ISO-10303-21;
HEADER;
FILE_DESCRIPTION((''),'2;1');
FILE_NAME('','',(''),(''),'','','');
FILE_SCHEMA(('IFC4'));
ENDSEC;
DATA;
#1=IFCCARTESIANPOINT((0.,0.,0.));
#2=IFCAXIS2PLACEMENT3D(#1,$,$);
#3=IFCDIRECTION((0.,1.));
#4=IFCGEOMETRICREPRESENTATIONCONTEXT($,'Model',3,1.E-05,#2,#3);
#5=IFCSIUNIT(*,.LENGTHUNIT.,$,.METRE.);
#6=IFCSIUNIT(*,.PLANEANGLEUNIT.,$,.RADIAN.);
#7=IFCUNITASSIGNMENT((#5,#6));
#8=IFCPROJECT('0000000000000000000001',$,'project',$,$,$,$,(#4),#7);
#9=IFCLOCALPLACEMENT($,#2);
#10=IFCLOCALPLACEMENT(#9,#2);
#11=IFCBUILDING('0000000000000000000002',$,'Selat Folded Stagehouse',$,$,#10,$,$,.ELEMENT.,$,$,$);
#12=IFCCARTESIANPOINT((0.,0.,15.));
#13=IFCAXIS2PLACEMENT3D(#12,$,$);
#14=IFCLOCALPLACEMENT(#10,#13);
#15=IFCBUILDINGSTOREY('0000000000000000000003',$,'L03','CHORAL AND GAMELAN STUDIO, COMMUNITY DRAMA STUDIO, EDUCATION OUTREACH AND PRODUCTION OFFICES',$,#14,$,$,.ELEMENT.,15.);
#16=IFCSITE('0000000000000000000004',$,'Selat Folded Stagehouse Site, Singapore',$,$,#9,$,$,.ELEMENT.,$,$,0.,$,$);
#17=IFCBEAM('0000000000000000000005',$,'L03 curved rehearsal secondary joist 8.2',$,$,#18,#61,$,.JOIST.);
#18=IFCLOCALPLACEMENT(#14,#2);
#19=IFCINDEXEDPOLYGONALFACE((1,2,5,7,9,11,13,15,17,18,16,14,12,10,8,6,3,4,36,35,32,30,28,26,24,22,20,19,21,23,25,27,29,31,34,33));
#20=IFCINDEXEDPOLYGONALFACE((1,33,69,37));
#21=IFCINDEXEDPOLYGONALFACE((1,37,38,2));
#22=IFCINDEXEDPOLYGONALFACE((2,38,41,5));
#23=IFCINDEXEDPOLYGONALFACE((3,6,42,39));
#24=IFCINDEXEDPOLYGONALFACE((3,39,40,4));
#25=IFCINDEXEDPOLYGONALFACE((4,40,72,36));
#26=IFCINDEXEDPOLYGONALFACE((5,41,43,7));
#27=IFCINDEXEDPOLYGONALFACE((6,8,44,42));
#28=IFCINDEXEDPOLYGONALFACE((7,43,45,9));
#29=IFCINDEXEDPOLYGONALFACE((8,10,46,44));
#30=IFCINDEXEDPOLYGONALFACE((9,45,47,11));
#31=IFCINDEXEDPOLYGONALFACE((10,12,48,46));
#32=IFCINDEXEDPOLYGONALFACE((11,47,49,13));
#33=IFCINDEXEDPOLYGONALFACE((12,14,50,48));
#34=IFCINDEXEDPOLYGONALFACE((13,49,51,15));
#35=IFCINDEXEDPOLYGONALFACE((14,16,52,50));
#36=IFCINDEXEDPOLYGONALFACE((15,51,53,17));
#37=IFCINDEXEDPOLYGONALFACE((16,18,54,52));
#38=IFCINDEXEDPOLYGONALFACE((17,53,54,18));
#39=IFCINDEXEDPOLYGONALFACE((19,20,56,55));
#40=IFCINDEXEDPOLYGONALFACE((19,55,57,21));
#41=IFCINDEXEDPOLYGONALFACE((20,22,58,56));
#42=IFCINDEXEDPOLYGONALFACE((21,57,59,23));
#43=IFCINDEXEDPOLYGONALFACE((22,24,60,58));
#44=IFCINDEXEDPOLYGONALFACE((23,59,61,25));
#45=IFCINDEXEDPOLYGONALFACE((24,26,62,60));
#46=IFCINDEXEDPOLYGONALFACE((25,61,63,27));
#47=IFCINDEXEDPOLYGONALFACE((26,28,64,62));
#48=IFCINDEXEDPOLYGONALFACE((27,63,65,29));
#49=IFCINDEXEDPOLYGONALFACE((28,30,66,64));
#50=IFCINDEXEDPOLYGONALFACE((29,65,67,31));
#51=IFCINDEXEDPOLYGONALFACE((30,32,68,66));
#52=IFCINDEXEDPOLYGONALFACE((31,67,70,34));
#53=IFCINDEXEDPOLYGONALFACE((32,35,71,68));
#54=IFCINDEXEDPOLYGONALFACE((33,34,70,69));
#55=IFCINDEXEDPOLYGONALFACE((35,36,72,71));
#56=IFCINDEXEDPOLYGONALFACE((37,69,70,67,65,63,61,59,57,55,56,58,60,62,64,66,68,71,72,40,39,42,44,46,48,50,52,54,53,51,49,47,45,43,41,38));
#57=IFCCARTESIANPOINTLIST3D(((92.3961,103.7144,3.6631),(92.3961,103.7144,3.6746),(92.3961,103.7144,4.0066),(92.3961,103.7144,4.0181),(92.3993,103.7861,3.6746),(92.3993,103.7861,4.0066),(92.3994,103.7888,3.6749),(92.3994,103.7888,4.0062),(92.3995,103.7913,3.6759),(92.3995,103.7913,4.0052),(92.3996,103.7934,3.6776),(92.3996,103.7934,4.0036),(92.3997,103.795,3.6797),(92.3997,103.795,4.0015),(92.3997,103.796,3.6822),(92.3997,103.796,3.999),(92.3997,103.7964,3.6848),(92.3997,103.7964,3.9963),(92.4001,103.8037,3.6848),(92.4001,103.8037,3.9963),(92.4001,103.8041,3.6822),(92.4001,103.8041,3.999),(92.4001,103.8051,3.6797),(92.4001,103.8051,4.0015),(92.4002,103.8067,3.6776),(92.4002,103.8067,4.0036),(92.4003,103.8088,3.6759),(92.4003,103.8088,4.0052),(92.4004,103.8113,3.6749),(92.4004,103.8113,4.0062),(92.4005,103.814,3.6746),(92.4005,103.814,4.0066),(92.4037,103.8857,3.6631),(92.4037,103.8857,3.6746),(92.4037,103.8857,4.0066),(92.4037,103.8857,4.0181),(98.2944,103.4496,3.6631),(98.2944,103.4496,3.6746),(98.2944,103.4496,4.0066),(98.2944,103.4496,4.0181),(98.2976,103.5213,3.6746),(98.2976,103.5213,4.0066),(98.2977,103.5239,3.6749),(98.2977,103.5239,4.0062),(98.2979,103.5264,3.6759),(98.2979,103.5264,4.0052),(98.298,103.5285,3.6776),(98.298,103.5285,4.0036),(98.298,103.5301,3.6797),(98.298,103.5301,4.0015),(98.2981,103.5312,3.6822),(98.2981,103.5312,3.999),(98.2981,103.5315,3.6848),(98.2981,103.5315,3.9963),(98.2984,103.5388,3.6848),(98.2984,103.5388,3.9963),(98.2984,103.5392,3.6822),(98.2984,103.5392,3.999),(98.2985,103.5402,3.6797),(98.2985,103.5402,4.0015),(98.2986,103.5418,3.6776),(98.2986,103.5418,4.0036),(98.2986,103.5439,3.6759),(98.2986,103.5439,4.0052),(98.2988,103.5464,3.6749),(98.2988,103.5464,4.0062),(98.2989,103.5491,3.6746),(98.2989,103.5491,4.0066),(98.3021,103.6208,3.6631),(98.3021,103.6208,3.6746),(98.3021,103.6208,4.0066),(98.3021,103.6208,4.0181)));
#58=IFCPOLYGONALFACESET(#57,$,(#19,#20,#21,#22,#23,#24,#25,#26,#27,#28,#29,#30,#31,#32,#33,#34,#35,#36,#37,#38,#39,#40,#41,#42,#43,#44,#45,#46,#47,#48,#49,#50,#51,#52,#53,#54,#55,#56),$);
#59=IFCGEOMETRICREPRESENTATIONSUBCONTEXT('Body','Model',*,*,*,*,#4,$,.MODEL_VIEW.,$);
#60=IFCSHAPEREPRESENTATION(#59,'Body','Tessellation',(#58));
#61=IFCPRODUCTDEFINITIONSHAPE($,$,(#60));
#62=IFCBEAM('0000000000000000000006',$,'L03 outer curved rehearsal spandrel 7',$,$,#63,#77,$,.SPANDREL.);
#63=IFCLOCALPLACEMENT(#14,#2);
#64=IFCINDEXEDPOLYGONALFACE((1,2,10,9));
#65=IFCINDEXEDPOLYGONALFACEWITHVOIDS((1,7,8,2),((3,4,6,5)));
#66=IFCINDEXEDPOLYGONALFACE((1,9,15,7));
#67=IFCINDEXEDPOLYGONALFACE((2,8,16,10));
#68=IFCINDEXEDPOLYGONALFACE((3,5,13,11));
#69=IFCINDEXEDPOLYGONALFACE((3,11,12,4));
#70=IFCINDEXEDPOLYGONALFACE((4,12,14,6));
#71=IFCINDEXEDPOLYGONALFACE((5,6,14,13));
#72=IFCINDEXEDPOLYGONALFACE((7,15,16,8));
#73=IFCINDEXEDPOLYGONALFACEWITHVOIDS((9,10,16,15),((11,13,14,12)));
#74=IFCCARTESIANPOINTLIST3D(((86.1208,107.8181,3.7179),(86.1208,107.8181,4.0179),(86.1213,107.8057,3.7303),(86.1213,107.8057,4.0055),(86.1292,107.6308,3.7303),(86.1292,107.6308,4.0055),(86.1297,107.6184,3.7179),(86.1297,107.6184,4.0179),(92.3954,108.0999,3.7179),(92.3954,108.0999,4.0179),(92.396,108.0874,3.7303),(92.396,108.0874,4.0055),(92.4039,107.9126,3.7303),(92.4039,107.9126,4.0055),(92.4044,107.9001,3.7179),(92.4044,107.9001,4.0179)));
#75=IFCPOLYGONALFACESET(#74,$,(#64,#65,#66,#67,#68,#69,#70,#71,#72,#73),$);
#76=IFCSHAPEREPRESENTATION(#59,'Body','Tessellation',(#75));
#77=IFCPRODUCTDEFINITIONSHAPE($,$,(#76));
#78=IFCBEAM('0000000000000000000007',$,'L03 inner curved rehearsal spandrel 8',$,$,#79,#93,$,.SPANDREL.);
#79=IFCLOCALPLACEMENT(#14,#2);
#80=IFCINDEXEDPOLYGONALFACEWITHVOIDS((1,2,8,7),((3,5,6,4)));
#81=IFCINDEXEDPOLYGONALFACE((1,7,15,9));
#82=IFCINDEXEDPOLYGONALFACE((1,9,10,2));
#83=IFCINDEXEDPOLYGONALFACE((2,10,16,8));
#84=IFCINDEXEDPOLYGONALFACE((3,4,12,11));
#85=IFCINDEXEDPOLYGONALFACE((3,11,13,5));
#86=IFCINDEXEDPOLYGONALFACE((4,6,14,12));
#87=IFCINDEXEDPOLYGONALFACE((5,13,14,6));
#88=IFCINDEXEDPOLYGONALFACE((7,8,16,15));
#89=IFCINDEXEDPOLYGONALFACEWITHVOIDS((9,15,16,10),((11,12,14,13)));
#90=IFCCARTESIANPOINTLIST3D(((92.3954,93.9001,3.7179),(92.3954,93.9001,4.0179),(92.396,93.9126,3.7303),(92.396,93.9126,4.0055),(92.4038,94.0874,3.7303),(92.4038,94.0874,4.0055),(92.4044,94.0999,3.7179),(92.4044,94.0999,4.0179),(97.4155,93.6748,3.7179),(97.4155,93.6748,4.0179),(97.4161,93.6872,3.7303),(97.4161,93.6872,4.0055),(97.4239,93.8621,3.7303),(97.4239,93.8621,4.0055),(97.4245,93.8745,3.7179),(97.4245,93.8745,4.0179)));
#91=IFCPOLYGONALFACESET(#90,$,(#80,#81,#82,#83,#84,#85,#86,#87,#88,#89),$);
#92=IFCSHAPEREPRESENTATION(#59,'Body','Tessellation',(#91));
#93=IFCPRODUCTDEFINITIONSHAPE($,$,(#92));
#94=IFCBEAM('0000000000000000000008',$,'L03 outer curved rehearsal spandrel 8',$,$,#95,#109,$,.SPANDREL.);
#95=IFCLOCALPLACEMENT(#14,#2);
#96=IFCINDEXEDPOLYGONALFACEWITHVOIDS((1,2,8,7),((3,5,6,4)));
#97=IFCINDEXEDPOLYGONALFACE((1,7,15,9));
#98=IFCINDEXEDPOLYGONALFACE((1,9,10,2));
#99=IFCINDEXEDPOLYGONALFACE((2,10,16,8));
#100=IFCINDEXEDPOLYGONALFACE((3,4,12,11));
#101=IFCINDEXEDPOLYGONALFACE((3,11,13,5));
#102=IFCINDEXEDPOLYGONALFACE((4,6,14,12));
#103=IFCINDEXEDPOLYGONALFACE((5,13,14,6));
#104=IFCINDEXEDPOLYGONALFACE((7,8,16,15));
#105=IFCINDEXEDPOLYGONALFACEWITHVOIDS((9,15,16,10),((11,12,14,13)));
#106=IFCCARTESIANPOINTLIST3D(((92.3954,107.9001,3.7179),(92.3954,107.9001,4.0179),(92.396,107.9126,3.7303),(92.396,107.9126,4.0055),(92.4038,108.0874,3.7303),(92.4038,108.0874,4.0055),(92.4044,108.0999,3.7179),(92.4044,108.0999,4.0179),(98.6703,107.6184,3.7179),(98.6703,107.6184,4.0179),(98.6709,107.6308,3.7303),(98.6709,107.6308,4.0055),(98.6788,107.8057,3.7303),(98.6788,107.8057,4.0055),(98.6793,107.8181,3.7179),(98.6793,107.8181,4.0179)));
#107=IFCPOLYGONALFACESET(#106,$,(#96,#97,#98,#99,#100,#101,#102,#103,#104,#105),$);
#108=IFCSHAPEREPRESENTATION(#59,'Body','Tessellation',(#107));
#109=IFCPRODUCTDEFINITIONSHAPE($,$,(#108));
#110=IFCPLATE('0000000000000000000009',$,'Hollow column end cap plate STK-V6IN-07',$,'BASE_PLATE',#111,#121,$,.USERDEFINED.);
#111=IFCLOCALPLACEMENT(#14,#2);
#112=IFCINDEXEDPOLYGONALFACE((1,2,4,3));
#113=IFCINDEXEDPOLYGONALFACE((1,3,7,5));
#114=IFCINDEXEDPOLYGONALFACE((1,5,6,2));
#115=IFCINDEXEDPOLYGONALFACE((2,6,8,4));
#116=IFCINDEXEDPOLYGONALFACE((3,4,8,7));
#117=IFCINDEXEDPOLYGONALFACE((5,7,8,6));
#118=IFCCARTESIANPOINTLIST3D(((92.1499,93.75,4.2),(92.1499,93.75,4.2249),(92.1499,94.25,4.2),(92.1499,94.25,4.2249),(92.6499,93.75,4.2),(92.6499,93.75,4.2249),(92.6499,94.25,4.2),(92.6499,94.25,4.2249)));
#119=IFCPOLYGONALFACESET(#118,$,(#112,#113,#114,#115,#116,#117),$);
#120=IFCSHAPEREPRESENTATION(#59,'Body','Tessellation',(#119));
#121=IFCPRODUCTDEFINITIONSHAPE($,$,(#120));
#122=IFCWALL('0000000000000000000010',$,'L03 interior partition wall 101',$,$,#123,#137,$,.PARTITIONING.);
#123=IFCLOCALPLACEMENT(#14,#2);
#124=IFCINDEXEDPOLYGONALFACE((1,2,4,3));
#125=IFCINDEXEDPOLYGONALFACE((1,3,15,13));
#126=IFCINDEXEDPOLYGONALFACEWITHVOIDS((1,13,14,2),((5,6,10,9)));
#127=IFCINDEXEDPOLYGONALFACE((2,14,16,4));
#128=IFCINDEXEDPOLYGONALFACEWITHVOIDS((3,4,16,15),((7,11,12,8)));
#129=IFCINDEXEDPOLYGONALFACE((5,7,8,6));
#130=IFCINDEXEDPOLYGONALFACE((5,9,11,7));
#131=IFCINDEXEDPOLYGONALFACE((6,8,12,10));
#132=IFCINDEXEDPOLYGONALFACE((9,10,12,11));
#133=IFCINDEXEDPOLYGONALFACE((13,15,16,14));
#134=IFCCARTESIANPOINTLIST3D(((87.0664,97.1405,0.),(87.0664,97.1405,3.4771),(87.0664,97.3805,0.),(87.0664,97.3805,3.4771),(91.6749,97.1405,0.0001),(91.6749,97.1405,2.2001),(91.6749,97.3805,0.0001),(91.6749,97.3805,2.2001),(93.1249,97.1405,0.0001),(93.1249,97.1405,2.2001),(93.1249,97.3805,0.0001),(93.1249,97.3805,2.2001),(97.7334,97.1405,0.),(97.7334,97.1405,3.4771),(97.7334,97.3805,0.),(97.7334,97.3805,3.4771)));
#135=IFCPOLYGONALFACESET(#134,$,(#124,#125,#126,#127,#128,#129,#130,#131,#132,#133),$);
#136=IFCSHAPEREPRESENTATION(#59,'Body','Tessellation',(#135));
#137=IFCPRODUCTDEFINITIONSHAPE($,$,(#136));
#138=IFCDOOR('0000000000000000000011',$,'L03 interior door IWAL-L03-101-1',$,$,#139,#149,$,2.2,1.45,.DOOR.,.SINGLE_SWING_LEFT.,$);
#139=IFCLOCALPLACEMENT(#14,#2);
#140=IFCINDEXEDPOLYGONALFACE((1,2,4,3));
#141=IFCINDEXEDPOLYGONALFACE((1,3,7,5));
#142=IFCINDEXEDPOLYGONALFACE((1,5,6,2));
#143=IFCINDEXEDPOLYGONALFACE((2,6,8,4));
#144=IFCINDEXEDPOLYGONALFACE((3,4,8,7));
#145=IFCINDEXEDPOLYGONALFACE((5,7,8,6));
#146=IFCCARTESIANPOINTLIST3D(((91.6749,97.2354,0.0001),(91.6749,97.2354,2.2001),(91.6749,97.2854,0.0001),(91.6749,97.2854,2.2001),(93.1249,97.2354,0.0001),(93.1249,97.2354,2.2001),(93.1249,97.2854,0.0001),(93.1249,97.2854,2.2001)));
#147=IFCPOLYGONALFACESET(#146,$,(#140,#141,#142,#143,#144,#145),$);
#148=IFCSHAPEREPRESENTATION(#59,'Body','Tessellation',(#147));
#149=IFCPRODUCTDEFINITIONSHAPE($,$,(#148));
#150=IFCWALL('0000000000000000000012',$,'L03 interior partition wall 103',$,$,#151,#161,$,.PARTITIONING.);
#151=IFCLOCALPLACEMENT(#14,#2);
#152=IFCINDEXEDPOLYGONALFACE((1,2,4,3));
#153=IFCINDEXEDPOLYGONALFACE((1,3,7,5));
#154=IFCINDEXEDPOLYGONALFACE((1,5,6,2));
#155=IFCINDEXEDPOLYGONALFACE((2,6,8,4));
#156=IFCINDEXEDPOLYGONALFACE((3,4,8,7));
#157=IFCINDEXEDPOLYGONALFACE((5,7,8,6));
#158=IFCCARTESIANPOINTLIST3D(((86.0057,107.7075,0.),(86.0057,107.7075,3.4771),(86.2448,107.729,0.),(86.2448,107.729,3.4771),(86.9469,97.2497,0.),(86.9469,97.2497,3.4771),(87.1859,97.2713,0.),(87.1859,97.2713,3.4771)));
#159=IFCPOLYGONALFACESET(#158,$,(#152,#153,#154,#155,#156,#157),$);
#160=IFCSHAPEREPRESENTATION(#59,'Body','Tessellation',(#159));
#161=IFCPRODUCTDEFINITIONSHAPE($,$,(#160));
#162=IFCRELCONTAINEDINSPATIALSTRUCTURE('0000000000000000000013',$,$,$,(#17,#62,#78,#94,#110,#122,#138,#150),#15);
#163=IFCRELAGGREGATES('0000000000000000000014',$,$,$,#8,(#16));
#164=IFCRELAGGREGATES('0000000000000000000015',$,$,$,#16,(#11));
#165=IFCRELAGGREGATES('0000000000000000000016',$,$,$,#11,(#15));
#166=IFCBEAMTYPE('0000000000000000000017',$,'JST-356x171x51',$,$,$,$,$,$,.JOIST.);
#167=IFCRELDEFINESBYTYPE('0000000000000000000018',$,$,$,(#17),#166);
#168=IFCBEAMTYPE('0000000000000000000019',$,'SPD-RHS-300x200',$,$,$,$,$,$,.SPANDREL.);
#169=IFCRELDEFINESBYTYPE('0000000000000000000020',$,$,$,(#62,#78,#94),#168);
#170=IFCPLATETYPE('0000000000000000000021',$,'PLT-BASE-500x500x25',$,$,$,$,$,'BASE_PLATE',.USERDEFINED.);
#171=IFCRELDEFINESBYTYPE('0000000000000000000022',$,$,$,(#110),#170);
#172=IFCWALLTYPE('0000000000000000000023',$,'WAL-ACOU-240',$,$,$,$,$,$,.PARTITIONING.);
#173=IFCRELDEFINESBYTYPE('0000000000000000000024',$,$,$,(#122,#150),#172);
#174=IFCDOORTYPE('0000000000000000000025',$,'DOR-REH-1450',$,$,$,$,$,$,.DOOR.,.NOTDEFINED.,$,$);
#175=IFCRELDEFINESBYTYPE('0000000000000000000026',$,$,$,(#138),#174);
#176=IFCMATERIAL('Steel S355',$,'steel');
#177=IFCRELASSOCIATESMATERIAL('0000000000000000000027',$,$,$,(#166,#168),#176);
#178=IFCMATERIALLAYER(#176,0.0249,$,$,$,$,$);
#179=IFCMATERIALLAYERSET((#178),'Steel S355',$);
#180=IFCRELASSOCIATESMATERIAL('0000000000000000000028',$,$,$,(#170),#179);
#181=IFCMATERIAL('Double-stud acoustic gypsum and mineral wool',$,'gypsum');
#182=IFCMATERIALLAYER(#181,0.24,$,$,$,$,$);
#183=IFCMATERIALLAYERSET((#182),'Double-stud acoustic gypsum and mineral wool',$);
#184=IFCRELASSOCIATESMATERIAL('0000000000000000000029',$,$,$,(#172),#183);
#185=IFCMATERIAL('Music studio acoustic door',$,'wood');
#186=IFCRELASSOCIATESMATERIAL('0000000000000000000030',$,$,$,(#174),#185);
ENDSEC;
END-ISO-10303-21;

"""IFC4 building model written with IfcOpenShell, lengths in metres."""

from ifc_helpers import new_model, si_unit, direction, frame, frame_2d, origin, origin_2d, place, context, subcontext, project, spatial, rectangle, hollow_rectangle, i_section, extrude, material, layer, layer_set, material_profile, profile_set, type_object, element, fill, save


model = new_model("IFC4")

# Units and contexts
model_context = context("Model", 3, precision=1e-05, world=origin(), true_north=direction((0.0, 1.0)))
body_context = subcontext(model_context, "Body", "Model", "MODEL_VIEW")
ifc_project = project(units=[si_unit("LENGTHUNIT", "METRE"), si_unit("PLANEANGLEUNIT", "RADIAN")], contexts=[model_context])

# Site, building, storey
site_placement = place(None, origin())
site = spatial("IfcSite", under=ifc_project, at=site_placement, Name="Selat Folded Stagehouse Site, Singapore", CompositionType="ELEMENT", RefElevation=0.0)
building_placement = place(site_placement, origin())
building = spatial("IfcBuilding", under=site, at=building_placement, Name="Selat Folded Stagehouse", CompositionType="ELEMENT")
storey_placement = place(building_placement, frame((0.0, 0.0, 15.0)))
storey = spatial("IfcBuildingStorey", under=building, at=storey_placement, Name="L03", Description="CHORAL AND GAMELAN STUDIO, COMMUNITY DRAMA STUDIO, EDUCATION OUTREACH AND PRODUCTION OFFICES", CompositionType="ELEMENT", Elevation=15.0)

# Shared definitions
ifc_material_1 = material(Name="Steel S355", Category="steel")

# Beams
ifc_material_profile_1 = material_profile(ifc_material_1, i_section(OverallWidth=0.1714, OverallDepth=0.355, WebThickness=0.0073, FlangeThickness=0.0115, FilletRadius=0.0103, at=origin_2d()), Name="UKB 356x171x51")
ifc_profile_set_1 = profile_set([ifc_material_profile_1], Name="Steel S355")
beam_type_1 = type_object("IfcBeamType", Name="JST-356x171x51", PredefinedType="JOIST", material=ifc_profile_set_1)
beam_1_placement = place(storey_placement, frame((92.3999, 103.8, 3.8406), z_axis=(0.998993, -0.044864, 0.0), x_axis=(0.044864, 0.998993, 0.0)))
element("IfcBeam", 1, at=beam_1_placement, inside=storey, type_object=beam_type_1, Name="L03 curved rehearsal secondary joist 8.2", PredefinedType="JOIST", context=body_context, shape_type="SweptSolid", body=[
    extrude(i_section(OverallWidth=0.1714, OverallDepth=0.355, WebThickness=0.0073, FlangeThickness=0.0115, FilletRadius=0.0103, at=origin_2d()), origin(), (0.0, 0.0, 1.0), 5.9043),
])
ifc_material_profile_2 = material_profile(ifc_material_1, hollow_rectangle(XDim=0.2, YDim=0.3, WallThickness=0.0125, at=origin_2d()), Name="RHS 300x200x12.5")
ifc_profile_set_2 = profile_set([ifc_material_profile_2], Name="Steel S355")
beam_type_2 = type_object("IfcBeamType", Name="SPD-RHS-300x200", PredefinedType="SPANDREL", material=ifc_profile_set_2)
beam_2_placement = place(storey_placement, frame((86.1252, 107.7183, 3.8679), z_axis=(0.998993, 0.044856, 0.0), x_axis=(-0.044856, 0.998993, 0.0)))
element("IfcBeam", 2, at=beam_2_placement, inside=storey, type_object=beam_type_2, Name="L03 outer curved rehearsal spandrel 7", PredefinedType="SPANDREL", context=body_context, shape_type="SweptSolid", body=[
    extrude(hollow_rectangle(XDim=0.2, YDim=0.3, WallThickness=0.0125, at=origin_2d()), origin(), (0.0, 0.0, 1.0), 6.281),
])
beam_3_placement = place(storey_placement, frame((92.3999, 94.0, 3.8679), z_axis=(0.998994, -0.044843, 0.0), x_axis=(0.044843, 0.998994, 0.0)))
element("IfcBeam", 3, at=beam_3_placement, inside=storey, type_object=beam_type_2, Name="L03 inner curved rehearsal spandrel 8", PredefinedType="SPANDREL", context=body_context, shape_type="SweptSolid", body=[
    extrude(hollow_rectangle(XDim=0.2, YDim=0.3, WallThickness=0.0125, at=origin_2d()), origin(), (0.0, 0.0, 1.0), 5.0251),
])
beam_4_placement = place(storey_placement, frame((92.3999, 108.0, 3.8679), z_axis=(0.998994, -0.044854, 0.0), x_axis=(0.044854, 0.998994, 0.0)))
element("IfcBeam", 4, at=beam_4_placement, inside=storey, type_object=beam_type_2, Name="L03 outer curved rehearsal spandrel 8", PredefinedType="SPANDREL", context=body_context, shape_type="SweptSolid", body=[
    extrude(hollow_rectangle(XDim=0.2, YDim=0.3, WallThickness=0.0125, at=origin_2d()), origin(), (0.0, 0.0, 1.0), 6.2812),
])

# Plate
ifc_layer_1 = layer(ifc_material_1, 0.0249)
ifc_layer_set_1 = layer_set([ifc_layer_1], Name="Steel S355")
plate_type = type_object("IfcPlateType", Name="PLT-BASE-500x500x25", ElementType="BASE_PLATE", PredefinedType="USERDEFINED", material=ifc_layer_set_1)
plate_placement = place(storey_placement, frame((92.3999, 94.0, 4.2), z_axis=(0.0, 0.0, 1.0), x_axis=(1.0, 0.0, 0.0)))
element("IfcPlate", 5, at=plate_placement, inside=storey, type_object=plate_type, Name="Hollow column end cap plate STK-V6IN-07", ObjectType="BASE_PLATE", PredefinedType="USERDEFINED", context=body_context, shape_type="SweptSolid", body=[
    extrude(rectangle(XDim=0.5, YDim=0.5, at=origin_2d()), origin(), (0.0, 0.0, 1.0), 0.0249),
])

# Wall, opening, door
ifc_material_2 = material(Name="Double-stud acoustic gypsum and mineral wool", Category="gypsum")
ifc_layer_2 = layer(ifc_material_2, 0.24)
ifc_layer_set_2 = layer_set([ifc_layer_2], Name="Double-stud acoustic gypsum and mineral wool")
wall_type_1 = type_object("IfcWallType", Name="WAL-ACOU-240", PredefinedType="PARTITIONING", material=ifc_layer_set_2)
wall_1_placement = place(storey_placement, frame((87.0664, 97.2605, 0.0), z_axis=(0.0, 0.0, 1.0), x_axis=(1.0, 0.0, 0.0)))
wall_1 = element("IfcWall", 6, at=wall_1_placement, inside=storey, type_object=wall_type_1, Name="L03 interior partition wall 101", PredefinedType="PARTITIONING", context=body_context, shape_type="SweptSolid", body=[
    extrude(rectangle(XDim=10.667, YDim=0.24, at=frame_2d((5.3335, 0.0))), origin(), (0.0, 0.0, 1.0), 3.4771),
])
opening_1_placement = place(wall_1_placement, frame((4.6084, 0.0, 0.0)))
opening_1 = element("IfcOpeningElement", 7, at=opening_1_placement, cuts=wall_1, PredefinedType="OPENING", context=body_context, shape_type="SweptSolid", body=[
    extrude(rectangle(XDim=1.45, YDim=2.2, at=frame_2d((0.7251, 1.1001))), frame((0.0, 0.1299, 0.0), z_axis=(0.0, -1.0, 0.0), x_axis=(1.0, 0.0, 0.0)), (0.0, 0.0, 1.0), 0.26),
])
ifc_material_3 = material(Name="Music studio acoustic door", Category="wood")
door_type = type_object("IfcDoorType", Name="DOR-REH-1450", OperationType="NOTDEFINED", PredefinedType="DOOR", material=ifc_material_3)
door_placement = place(opening_1_placement, origin())
door = element("IfcDoor", 8, at=door_placement, inside=storey, type_object=door_type, Name="L03 interior door IWAL-L03-101-1", OperationType="SINGLE_SWING_LEFT", OverallHeight=2.2, OverallWidth=1.45, PredefinedType="DOOR", context=body_context, shape_type="SweptSolid", body=[
    extrude(rectangle(XDim=1.45, YDim=2.2, at=frame_2d((0.7251, 1.1001))), frame((0.0, 0.0249, 0.0), z_axis=(0.0, -1.0, 0.0), x_axis=(1.0, 0.0, 0.0)), (0.0, 0.0, 1.0), 0.05),
])
fill(opening_1, door)

# Wall
wall_2_placement = place(storey_placement, frame((87.0664, 97.2605, 0.0), z_axis=(0.0, 0.0, 1.0), x_axis=(-0.089634, 0.995975, 0.0)))
element("IfcWall", 9, at=wall_2_placement, inside=storey, type_object=wall_type_1, Name="L03 interior partition wall 103", PredefinedType="PARTITIONING", context=body_context, shape_type="SweptSolid", body=[
    extrude(rectangle(XDim=10.5, YDim=0.24, at=frame_2d((5.25, 0.0))), origin(), (0.0, 0.0, 1.0), 3.4771),
])

save(model, "model.ifc")
